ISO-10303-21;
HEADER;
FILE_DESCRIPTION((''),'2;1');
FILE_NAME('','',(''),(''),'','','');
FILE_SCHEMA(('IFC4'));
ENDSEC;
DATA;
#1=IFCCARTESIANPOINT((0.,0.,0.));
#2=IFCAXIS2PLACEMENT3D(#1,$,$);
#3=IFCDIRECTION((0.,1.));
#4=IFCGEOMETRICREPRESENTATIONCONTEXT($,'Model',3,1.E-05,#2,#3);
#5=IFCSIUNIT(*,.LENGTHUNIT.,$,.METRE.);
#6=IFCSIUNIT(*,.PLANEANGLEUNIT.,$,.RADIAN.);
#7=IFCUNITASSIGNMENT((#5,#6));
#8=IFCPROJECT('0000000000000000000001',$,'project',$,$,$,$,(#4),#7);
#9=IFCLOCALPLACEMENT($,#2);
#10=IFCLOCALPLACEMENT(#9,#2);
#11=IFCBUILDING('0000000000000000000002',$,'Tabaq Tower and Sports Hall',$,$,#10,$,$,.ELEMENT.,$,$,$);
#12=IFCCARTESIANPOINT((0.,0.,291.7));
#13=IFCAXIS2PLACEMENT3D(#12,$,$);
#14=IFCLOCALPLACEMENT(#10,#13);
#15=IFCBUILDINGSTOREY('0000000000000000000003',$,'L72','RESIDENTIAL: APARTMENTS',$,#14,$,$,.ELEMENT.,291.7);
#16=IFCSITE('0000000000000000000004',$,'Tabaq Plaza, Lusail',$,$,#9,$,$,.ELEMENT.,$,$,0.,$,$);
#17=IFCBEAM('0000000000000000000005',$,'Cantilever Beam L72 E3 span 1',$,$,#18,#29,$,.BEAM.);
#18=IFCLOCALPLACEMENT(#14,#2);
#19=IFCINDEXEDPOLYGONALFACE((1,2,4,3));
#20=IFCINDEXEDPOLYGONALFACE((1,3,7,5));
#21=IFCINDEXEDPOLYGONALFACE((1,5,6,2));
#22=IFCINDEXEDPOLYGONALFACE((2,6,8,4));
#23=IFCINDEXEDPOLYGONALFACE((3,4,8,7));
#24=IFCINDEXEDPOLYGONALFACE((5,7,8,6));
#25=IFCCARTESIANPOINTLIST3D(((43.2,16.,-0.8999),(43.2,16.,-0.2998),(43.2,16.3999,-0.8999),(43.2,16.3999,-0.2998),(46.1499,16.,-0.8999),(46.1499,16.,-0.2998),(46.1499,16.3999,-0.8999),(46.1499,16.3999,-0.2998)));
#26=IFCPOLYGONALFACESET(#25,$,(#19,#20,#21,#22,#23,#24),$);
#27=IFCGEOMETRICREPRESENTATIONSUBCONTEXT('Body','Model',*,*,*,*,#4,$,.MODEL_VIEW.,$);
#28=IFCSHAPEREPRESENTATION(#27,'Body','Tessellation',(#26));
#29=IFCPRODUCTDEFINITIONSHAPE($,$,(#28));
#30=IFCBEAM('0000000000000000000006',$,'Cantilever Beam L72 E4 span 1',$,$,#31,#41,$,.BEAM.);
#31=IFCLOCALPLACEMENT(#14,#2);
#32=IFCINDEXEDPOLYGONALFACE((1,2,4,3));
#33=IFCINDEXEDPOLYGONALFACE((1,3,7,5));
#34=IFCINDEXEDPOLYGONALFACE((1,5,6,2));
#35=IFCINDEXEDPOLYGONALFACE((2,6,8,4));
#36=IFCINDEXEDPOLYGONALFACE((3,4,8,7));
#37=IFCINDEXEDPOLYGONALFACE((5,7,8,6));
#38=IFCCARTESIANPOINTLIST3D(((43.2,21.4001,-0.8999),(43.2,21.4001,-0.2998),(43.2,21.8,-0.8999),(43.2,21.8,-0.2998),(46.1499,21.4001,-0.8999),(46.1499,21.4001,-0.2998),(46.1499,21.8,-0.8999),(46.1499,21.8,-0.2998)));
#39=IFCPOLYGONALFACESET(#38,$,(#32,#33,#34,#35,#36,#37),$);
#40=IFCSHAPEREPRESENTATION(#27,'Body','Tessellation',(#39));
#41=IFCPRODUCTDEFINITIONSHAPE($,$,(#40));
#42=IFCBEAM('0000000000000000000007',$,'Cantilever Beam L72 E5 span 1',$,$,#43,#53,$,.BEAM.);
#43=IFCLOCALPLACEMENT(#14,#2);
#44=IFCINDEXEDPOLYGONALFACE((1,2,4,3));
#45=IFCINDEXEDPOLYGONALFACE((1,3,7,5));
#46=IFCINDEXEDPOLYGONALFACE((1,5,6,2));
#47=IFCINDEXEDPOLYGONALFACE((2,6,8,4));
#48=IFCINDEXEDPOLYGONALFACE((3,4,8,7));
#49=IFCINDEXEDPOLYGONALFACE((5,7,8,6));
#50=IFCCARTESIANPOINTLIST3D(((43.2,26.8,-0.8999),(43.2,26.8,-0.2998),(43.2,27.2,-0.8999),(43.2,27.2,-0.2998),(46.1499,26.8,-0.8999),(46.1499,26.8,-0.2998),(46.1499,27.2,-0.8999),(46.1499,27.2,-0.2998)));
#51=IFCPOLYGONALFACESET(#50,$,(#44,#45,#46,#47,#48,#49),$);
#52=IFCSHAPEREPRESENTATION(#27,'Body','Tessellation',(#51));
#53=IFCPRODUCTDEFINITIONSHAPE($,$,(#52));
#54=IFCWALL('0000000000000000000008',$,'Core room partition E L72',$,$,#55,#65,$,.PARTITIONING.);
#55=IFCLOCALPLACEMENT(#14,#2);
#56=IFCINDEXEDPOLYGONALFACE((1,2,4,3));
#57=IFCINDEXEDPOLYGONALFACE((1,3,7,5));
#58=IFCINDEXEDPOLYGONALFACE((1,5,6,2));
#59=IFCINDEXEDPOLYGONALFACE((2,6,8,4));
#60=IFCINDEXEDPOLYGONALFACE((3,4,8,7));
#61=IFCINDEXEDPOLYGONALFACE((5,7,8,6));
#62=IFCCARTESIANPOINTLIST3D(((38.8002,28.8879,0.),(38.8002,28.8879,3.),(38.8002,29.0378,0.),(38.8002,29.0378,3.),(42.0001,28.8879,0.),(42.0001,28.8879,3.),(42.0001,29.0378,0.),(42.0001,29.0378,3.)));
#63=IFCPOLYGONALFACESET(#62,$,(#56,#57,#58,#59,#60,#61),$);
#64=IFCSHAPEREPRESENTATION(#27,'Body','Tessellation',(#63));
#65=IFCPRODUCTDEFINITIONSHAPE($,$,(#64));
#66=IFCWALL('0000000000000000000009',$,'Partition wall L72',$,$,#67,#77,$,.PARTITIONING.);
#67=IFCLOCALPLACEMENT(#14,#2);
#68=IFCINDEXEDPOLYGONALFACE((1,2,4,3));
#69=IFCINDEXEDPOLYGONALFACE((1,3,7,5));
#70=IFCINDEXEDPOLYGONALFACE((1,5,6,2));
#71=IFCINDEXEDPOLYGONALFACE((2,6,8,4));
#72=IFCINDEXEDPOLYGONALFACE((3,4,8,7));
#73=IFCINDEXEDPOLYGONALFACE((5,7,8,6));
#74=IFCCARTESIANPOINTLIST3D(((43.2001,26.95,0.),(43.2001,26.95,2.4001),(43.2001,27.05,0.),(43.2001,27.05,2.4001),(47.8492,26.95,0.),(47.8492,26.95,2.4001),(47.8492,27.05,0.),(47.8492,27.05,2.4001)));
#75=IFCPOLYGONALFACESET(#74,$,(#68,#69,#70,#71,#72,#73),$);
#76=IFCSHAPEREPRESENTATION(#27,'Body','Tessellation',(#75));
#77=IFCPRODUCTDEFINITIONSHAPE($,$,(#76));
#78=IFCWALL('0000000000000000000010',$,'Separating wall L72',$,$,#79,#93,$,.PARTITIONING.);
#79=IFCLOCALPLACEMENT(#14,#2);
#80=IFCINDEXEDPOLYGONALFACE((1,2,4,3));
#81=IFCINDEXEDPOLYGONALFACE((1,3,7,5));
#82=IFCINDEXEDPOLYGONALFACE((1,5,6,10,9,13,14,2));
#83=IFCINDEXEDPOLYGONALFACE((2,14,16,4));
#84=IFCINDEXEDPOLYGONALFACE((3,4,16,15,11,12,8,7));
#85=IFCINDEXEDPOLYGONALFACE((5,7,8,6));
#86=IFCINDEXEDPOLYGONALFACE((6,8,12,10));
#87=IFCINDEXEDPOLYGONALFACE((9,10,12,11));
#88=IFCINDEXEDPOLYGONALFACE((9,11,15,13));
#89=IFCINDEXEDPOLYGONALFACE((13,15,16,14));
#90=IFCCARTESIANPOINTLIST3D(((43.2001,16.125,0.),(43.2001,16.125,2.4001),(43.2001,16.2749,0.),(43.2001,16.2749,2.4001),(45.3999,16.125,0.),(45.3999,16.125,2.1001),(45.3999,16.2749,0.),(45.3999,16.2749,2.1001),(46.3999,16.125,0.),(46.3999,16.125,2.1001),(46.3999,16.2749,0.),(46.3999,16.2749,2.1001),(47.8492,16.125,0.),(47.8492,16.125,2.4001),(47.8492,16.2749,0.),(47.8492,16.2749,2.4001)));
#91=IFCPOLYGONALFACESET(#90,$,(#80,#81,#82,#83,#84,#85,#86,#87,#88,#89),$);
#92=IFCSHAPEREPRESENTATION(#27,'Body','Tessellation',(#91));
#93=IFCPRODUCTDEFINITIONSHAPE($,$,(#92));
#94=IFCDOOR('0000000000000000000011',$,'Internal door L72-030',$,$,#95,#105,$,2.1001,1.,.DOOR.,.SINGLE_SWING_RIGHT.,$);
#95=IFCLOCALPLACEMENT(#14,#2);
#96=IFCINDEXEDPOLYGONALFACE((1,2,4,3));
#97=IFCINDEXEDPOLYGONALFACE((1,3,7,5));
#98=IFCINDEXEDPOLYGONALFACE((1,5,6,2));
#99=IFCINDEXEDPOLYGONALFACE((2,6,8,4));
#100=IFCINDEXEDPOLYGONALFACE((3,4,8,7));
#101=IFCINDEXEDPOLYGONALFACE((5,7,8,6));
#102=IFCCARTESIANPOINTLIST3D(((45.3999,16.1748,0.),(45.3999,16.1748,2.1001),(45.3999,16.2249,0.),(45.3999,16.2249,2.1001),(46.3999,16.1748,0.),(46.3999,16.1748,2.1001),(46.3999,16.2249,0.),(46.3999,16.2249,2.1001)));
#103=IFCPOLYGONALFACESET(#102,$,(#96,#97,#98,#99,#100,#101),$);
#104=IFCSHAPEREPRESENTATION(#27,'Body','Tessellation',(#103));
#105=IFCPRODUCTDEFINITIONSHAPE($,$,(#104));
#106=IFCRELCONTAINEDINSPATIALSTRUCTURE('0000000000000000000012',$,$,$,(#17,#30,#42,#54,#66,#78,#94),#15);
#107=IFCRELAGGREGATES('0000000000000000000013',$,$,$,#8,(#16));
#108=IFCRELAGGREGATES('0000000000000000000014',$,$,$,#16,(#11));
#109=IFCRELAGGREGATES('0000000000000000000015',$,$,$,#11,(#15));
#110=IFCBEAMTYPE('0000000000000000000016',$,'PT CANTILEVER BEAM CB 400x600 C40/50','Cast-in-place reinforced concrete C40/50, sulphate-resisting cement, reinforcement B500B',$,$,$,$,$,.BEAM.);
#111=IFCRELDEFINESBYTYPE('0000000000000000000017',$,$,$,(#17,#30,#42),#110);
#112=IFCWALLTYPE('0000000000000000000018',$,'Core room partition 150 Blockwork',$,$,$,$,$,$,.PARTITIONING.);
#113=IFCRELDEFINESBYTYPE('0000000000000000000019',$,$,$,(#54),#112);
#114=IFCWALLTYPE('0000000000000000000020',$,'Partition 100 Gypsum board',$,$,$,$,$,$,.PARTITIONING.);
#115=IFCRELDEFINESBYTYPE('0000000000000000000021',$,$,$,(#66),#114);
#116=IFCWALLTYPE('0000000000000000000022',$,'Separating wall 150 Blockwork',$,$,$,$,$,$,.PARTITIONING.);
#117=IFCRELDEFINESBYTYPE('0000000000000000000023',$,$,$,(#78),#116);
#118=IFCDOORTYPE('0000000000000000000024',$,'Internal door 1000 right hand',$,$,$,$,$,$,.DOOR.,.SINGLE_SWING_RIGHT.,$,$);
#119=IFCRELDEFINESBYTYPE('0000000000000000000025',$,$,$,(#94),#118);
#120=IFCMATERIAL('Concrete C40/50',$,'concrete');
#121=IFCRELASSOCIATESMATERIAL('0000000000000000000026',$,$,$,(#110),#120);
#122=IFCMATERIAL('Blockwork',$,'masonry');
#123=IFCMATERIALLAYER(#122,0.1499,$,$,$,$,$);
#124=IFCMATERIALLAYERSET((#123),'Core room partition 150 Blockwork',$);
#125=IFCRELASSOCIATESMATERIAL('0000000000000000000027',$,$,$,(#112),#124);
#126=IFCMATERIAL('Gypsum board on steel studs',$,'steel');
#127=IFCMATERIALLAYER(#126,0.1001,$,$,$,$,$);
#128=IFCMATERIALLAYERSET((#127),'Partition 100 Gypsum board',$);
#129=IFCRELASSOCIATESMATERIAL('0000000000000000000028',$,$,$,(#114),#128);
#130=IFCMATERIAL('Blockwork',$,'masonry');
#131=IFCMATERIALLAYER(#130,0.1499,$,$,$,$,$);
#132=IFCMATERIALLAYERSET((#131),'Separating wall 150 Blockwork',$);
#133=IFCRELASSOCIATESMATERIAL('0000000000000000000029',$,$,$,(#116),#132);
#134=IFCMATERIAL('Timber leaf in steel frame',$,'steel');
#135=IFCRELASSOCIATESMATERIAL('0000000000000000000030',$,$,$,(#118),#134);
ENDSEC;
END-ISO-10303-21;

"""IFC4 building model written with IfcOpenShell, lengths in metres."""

from ifc_helpers import new_model, si_unit, direction, frame, frame_2d, origin, origin_2d, place, context, subcontext, project, spatial, rectangle, extrude, material, layer, layer_set, material_profile, profile_set, type_object, element, fill, save


model = new_model("IFC4")

# Units and contexts
model_context = context("Model", 3, precision=1e-05, world=origin(), true_north=direction((0.0, 1.0)))
body_context = subcontext(model_context, "Body", "Model", "MODEL_VIEW")
ifc_project = project(units=[si_unit("LENGTHUNIT", "METRE"), si_unit("PLANEANGLEUNIT", "RADIAN")], contexts=[model_context])

# Site, building, storey
site_placement = place(None, origin())
site = spatial("IfcSite", under=ifc_project, at=site_placement, Name="Tabaq Plaza, Lusail", CompositionType="ELEMENT", RefElevation=0.0)
building_placement = place(site_placement, origin())
building = spatial("IfcBuilding", under=site, at=building_placement, Name="Tabaq Tower and Sports Hall", CompositionType="ELEMENT")
storey_placement = place(building_placement, frame((0.0, 0.0, 291.7)))
storey = spatial("IfcBuildingStorey", under=building, at=storey_placement, Name="L72", Description="RESIDENTIAL: APARTMENTS", CompositionType="ELEMENT", Elevation=291.7)

# Beams
ifc_material_1 = material(Name="Concrete C40/50", Category="concrete")
ifc_material_profile = material_profile(ifc_material_1, rectangle(XDim=0.3999, YDim=0.6001, at=origin_2d()), Name="CB 400x600")
ifc_profile_set = profile_set([ifc_material_profile], Name="Concrete C40/50")
beam_type = type_object("IfcBeamType", Name="PT CANTILEVER BEAM CB 400x600 C40/50", Description="Cast-in-place reinforced concrete C40/50, sulphate-resisting cement, reinforcement B500B", PredefinedType="BEAM", material=ifc_profile_set)
for number, where, z_axis, x_axis, name in (
    (1, (46.1499, 16.2, -0.5999), (-1.0, 0.0, 0.0), (0.0, -1.0, 0.0), "Cantilever Beam L72 E3 span 1"),
    (2, (46.1499, 21.6001, -0.5999), (-1.0, 0.0, 0.0), (0.0, -1.0, 0.0), "Cantilever Beam L72 E4 span 1"),
    (3, (46.1499, 27.0, -0.5999), (-1.0, 0.0, 0.0), (0.0, -1.0, 0.0), "Cantilever Beam L72 E5 span 1"),
):
    element("IfcBeam", number, at=place(storey_placement, frame(where, z_axis=z_axis, x_axis=x_axis)), inside=storey, type_object=beam_type, Name=name, PredefinedType="BEAM", context=body_context, shape_type="SweptSolid", body=[
        extrude(rectangle(XDim=0.3999, YDim=0.6001, at=origin_2d()), origin(), (0.0, 0.0, 1.0), 2.95),
    ])

# Wall
ifc_material_2 = material(Name="Blockwork", Category="masonry")
ifc_layer_1 = layer(ifc_material_2, 0.1499)
ifc_layer_set_1 = layer_set([ifc_layer_1], Name="Core room partition 150 Blockwork")
wall_type_1 = type_object("IfcWallType", Name="Core room partition 150 Blockwork", PredefinedType="PARTITIONING", material=ifc_layer_set_1)
wall_1_placement = place(storey_placement, frame((38.8, 28.9629, 0.0), z_axis=(0.0, 0.0, 1.0), x_axis=(1.0, 0.0, 0.0)))
element("IfcWall", 4, at=wall_1_placement, inside=storey, type_object=wall_type_1, Name="Core room partition E L72", PredefinedType="PARTITIONING", context=body_context, shape_type="SweptSolid", body=[
    extrude(rectangle(XDim=3.2, YDim=0.1499, at=frame_2d((1.6001, 0.0))), origin(), (0.0, 0.0, 1.0), 3.0),
])

# Wall
ifc_material_3 = material(Name="Gypsum board on steel studs", Category="steel")
ifc_layer_2 = layer(ifc_material_3, 0.1001)
ifc_layer_set_2 = layer_set([ifc_layer_2], Name="Partition 100 Gypsum board")
wall_type_2 = type_object("IfcWallType", Name="Partition 100 Gypsum board", PredefinedType="PARTITIONING", material=ifc_layer_set_2)
wall_2_placement = place(storey_placement, frame((43.2, 27.0, 0.0), z_axis=(0.0, 0.0, 1.0), x_axis=(1.0, 0.0, 0.0)))
element("IfcWall", 5, at=wall_2_placement, inside=storey, type_object=wall_type_2, Name="Partition wall L72", PredefinedType="PARTITIONING", context=body_context, shape_type="SweptSolid", body=[
    extrude(rectangle(XDim=4.6492, YDim=0.1001, at=frame_2d((2.3247, 0.0))), origin(), (0.0, 0.0, 1.0), 2.4001),
])

# Wall, opening, door
ifc_material_4 = material(Name="Blockwork", Category="masonry")
ifc_layer_3 = layer(ifc_material_4, 0.1499)
ifc_layer_set_3 = layer_set([ifc_layer_3], Name="Separating wall 150 Blockwork")
wall_type_3 = type_object("IfcWallType", Name="Separating wall 150 Blockwork", PredefinedType="PARTITIONING", material=ifc_layer_set_3)
wall_3_placement = place(storey_placement, frame((43.2, 16.2, 0.0), z_axis=(0.0, 0.0, 1.0), x_axis=(1.0, 0.0, 0.0)))
wall_3 = element("IfcWall", 6, at=wall_3_placement, inside=storey, type_object=wall_type_3, Name="Separating wall L72", PredefinedType="PARTITIONING", context=body_context, shape_type="SweptSolid", body=[
    extrude(rectangle(XDim=4.6492, YDim=0.1499, at=frame_2d((2.3247, 0.0))), origin(), (0.0, 0.0, 1.0), 2.4001),
])
opening_1_placement = place(wall_3_placement, frame((2.2, 0.0, 0.0)))
opening_1 = element("IfcOpeningElement", 7, at=opening_1_placement, cuts=wall_3, PredefinedType="OPENING", context=body_context, shape_type="SweptSolid", body=[
    extrude(rectangle(XDim=1.0, YDim=2.1001, at=frame_2d((0.5, 1.05))), frame((0.0, 0.075, 0.0), z_axis=(0.0, -1.0, 0.0), x_axis=(1.0, 0.0, 0.0)), (0.0, 0.0, 1.0), 0.1499),
])
ifc_material_5 = material(Name="Timber leaf in steel frame", Category="steel")
door_type_1 = type_object("IfcDoorType", Name="Internal door 1000 right hand", OperationType="SINGLE_SWING_RIGHT", PredefinedType="DOOR", material=ifc_material_5)
door_1_placement = place(opening_1_placement, origin())
door_1 = element("IfcDoor", 8, at=door_1_placement, inside=storey, type_object=door_type_1, Name="Internal door L72-030", OperationType="SINGLE_SWING_RIGHT", OverallHeight=2.1001, OverallWidth=1.0, PredefinedType="DOOR", context=body_context, shape_type="SweptSolid", body=[
    extrude(rectangle(XDim=1.0, YDim=2.1001, at=frame_2d((0.5, 1.05))), frame((0.0, 0.0249, 0.0), z_axis=(0.0, -1.0, 0.0), x_axis=(1.0, 0.0, 0.0)), (0.0, 0.0, 1.0), 0.05),
])
fill(opening_1, door_1)

save(model, "model.ifc")
